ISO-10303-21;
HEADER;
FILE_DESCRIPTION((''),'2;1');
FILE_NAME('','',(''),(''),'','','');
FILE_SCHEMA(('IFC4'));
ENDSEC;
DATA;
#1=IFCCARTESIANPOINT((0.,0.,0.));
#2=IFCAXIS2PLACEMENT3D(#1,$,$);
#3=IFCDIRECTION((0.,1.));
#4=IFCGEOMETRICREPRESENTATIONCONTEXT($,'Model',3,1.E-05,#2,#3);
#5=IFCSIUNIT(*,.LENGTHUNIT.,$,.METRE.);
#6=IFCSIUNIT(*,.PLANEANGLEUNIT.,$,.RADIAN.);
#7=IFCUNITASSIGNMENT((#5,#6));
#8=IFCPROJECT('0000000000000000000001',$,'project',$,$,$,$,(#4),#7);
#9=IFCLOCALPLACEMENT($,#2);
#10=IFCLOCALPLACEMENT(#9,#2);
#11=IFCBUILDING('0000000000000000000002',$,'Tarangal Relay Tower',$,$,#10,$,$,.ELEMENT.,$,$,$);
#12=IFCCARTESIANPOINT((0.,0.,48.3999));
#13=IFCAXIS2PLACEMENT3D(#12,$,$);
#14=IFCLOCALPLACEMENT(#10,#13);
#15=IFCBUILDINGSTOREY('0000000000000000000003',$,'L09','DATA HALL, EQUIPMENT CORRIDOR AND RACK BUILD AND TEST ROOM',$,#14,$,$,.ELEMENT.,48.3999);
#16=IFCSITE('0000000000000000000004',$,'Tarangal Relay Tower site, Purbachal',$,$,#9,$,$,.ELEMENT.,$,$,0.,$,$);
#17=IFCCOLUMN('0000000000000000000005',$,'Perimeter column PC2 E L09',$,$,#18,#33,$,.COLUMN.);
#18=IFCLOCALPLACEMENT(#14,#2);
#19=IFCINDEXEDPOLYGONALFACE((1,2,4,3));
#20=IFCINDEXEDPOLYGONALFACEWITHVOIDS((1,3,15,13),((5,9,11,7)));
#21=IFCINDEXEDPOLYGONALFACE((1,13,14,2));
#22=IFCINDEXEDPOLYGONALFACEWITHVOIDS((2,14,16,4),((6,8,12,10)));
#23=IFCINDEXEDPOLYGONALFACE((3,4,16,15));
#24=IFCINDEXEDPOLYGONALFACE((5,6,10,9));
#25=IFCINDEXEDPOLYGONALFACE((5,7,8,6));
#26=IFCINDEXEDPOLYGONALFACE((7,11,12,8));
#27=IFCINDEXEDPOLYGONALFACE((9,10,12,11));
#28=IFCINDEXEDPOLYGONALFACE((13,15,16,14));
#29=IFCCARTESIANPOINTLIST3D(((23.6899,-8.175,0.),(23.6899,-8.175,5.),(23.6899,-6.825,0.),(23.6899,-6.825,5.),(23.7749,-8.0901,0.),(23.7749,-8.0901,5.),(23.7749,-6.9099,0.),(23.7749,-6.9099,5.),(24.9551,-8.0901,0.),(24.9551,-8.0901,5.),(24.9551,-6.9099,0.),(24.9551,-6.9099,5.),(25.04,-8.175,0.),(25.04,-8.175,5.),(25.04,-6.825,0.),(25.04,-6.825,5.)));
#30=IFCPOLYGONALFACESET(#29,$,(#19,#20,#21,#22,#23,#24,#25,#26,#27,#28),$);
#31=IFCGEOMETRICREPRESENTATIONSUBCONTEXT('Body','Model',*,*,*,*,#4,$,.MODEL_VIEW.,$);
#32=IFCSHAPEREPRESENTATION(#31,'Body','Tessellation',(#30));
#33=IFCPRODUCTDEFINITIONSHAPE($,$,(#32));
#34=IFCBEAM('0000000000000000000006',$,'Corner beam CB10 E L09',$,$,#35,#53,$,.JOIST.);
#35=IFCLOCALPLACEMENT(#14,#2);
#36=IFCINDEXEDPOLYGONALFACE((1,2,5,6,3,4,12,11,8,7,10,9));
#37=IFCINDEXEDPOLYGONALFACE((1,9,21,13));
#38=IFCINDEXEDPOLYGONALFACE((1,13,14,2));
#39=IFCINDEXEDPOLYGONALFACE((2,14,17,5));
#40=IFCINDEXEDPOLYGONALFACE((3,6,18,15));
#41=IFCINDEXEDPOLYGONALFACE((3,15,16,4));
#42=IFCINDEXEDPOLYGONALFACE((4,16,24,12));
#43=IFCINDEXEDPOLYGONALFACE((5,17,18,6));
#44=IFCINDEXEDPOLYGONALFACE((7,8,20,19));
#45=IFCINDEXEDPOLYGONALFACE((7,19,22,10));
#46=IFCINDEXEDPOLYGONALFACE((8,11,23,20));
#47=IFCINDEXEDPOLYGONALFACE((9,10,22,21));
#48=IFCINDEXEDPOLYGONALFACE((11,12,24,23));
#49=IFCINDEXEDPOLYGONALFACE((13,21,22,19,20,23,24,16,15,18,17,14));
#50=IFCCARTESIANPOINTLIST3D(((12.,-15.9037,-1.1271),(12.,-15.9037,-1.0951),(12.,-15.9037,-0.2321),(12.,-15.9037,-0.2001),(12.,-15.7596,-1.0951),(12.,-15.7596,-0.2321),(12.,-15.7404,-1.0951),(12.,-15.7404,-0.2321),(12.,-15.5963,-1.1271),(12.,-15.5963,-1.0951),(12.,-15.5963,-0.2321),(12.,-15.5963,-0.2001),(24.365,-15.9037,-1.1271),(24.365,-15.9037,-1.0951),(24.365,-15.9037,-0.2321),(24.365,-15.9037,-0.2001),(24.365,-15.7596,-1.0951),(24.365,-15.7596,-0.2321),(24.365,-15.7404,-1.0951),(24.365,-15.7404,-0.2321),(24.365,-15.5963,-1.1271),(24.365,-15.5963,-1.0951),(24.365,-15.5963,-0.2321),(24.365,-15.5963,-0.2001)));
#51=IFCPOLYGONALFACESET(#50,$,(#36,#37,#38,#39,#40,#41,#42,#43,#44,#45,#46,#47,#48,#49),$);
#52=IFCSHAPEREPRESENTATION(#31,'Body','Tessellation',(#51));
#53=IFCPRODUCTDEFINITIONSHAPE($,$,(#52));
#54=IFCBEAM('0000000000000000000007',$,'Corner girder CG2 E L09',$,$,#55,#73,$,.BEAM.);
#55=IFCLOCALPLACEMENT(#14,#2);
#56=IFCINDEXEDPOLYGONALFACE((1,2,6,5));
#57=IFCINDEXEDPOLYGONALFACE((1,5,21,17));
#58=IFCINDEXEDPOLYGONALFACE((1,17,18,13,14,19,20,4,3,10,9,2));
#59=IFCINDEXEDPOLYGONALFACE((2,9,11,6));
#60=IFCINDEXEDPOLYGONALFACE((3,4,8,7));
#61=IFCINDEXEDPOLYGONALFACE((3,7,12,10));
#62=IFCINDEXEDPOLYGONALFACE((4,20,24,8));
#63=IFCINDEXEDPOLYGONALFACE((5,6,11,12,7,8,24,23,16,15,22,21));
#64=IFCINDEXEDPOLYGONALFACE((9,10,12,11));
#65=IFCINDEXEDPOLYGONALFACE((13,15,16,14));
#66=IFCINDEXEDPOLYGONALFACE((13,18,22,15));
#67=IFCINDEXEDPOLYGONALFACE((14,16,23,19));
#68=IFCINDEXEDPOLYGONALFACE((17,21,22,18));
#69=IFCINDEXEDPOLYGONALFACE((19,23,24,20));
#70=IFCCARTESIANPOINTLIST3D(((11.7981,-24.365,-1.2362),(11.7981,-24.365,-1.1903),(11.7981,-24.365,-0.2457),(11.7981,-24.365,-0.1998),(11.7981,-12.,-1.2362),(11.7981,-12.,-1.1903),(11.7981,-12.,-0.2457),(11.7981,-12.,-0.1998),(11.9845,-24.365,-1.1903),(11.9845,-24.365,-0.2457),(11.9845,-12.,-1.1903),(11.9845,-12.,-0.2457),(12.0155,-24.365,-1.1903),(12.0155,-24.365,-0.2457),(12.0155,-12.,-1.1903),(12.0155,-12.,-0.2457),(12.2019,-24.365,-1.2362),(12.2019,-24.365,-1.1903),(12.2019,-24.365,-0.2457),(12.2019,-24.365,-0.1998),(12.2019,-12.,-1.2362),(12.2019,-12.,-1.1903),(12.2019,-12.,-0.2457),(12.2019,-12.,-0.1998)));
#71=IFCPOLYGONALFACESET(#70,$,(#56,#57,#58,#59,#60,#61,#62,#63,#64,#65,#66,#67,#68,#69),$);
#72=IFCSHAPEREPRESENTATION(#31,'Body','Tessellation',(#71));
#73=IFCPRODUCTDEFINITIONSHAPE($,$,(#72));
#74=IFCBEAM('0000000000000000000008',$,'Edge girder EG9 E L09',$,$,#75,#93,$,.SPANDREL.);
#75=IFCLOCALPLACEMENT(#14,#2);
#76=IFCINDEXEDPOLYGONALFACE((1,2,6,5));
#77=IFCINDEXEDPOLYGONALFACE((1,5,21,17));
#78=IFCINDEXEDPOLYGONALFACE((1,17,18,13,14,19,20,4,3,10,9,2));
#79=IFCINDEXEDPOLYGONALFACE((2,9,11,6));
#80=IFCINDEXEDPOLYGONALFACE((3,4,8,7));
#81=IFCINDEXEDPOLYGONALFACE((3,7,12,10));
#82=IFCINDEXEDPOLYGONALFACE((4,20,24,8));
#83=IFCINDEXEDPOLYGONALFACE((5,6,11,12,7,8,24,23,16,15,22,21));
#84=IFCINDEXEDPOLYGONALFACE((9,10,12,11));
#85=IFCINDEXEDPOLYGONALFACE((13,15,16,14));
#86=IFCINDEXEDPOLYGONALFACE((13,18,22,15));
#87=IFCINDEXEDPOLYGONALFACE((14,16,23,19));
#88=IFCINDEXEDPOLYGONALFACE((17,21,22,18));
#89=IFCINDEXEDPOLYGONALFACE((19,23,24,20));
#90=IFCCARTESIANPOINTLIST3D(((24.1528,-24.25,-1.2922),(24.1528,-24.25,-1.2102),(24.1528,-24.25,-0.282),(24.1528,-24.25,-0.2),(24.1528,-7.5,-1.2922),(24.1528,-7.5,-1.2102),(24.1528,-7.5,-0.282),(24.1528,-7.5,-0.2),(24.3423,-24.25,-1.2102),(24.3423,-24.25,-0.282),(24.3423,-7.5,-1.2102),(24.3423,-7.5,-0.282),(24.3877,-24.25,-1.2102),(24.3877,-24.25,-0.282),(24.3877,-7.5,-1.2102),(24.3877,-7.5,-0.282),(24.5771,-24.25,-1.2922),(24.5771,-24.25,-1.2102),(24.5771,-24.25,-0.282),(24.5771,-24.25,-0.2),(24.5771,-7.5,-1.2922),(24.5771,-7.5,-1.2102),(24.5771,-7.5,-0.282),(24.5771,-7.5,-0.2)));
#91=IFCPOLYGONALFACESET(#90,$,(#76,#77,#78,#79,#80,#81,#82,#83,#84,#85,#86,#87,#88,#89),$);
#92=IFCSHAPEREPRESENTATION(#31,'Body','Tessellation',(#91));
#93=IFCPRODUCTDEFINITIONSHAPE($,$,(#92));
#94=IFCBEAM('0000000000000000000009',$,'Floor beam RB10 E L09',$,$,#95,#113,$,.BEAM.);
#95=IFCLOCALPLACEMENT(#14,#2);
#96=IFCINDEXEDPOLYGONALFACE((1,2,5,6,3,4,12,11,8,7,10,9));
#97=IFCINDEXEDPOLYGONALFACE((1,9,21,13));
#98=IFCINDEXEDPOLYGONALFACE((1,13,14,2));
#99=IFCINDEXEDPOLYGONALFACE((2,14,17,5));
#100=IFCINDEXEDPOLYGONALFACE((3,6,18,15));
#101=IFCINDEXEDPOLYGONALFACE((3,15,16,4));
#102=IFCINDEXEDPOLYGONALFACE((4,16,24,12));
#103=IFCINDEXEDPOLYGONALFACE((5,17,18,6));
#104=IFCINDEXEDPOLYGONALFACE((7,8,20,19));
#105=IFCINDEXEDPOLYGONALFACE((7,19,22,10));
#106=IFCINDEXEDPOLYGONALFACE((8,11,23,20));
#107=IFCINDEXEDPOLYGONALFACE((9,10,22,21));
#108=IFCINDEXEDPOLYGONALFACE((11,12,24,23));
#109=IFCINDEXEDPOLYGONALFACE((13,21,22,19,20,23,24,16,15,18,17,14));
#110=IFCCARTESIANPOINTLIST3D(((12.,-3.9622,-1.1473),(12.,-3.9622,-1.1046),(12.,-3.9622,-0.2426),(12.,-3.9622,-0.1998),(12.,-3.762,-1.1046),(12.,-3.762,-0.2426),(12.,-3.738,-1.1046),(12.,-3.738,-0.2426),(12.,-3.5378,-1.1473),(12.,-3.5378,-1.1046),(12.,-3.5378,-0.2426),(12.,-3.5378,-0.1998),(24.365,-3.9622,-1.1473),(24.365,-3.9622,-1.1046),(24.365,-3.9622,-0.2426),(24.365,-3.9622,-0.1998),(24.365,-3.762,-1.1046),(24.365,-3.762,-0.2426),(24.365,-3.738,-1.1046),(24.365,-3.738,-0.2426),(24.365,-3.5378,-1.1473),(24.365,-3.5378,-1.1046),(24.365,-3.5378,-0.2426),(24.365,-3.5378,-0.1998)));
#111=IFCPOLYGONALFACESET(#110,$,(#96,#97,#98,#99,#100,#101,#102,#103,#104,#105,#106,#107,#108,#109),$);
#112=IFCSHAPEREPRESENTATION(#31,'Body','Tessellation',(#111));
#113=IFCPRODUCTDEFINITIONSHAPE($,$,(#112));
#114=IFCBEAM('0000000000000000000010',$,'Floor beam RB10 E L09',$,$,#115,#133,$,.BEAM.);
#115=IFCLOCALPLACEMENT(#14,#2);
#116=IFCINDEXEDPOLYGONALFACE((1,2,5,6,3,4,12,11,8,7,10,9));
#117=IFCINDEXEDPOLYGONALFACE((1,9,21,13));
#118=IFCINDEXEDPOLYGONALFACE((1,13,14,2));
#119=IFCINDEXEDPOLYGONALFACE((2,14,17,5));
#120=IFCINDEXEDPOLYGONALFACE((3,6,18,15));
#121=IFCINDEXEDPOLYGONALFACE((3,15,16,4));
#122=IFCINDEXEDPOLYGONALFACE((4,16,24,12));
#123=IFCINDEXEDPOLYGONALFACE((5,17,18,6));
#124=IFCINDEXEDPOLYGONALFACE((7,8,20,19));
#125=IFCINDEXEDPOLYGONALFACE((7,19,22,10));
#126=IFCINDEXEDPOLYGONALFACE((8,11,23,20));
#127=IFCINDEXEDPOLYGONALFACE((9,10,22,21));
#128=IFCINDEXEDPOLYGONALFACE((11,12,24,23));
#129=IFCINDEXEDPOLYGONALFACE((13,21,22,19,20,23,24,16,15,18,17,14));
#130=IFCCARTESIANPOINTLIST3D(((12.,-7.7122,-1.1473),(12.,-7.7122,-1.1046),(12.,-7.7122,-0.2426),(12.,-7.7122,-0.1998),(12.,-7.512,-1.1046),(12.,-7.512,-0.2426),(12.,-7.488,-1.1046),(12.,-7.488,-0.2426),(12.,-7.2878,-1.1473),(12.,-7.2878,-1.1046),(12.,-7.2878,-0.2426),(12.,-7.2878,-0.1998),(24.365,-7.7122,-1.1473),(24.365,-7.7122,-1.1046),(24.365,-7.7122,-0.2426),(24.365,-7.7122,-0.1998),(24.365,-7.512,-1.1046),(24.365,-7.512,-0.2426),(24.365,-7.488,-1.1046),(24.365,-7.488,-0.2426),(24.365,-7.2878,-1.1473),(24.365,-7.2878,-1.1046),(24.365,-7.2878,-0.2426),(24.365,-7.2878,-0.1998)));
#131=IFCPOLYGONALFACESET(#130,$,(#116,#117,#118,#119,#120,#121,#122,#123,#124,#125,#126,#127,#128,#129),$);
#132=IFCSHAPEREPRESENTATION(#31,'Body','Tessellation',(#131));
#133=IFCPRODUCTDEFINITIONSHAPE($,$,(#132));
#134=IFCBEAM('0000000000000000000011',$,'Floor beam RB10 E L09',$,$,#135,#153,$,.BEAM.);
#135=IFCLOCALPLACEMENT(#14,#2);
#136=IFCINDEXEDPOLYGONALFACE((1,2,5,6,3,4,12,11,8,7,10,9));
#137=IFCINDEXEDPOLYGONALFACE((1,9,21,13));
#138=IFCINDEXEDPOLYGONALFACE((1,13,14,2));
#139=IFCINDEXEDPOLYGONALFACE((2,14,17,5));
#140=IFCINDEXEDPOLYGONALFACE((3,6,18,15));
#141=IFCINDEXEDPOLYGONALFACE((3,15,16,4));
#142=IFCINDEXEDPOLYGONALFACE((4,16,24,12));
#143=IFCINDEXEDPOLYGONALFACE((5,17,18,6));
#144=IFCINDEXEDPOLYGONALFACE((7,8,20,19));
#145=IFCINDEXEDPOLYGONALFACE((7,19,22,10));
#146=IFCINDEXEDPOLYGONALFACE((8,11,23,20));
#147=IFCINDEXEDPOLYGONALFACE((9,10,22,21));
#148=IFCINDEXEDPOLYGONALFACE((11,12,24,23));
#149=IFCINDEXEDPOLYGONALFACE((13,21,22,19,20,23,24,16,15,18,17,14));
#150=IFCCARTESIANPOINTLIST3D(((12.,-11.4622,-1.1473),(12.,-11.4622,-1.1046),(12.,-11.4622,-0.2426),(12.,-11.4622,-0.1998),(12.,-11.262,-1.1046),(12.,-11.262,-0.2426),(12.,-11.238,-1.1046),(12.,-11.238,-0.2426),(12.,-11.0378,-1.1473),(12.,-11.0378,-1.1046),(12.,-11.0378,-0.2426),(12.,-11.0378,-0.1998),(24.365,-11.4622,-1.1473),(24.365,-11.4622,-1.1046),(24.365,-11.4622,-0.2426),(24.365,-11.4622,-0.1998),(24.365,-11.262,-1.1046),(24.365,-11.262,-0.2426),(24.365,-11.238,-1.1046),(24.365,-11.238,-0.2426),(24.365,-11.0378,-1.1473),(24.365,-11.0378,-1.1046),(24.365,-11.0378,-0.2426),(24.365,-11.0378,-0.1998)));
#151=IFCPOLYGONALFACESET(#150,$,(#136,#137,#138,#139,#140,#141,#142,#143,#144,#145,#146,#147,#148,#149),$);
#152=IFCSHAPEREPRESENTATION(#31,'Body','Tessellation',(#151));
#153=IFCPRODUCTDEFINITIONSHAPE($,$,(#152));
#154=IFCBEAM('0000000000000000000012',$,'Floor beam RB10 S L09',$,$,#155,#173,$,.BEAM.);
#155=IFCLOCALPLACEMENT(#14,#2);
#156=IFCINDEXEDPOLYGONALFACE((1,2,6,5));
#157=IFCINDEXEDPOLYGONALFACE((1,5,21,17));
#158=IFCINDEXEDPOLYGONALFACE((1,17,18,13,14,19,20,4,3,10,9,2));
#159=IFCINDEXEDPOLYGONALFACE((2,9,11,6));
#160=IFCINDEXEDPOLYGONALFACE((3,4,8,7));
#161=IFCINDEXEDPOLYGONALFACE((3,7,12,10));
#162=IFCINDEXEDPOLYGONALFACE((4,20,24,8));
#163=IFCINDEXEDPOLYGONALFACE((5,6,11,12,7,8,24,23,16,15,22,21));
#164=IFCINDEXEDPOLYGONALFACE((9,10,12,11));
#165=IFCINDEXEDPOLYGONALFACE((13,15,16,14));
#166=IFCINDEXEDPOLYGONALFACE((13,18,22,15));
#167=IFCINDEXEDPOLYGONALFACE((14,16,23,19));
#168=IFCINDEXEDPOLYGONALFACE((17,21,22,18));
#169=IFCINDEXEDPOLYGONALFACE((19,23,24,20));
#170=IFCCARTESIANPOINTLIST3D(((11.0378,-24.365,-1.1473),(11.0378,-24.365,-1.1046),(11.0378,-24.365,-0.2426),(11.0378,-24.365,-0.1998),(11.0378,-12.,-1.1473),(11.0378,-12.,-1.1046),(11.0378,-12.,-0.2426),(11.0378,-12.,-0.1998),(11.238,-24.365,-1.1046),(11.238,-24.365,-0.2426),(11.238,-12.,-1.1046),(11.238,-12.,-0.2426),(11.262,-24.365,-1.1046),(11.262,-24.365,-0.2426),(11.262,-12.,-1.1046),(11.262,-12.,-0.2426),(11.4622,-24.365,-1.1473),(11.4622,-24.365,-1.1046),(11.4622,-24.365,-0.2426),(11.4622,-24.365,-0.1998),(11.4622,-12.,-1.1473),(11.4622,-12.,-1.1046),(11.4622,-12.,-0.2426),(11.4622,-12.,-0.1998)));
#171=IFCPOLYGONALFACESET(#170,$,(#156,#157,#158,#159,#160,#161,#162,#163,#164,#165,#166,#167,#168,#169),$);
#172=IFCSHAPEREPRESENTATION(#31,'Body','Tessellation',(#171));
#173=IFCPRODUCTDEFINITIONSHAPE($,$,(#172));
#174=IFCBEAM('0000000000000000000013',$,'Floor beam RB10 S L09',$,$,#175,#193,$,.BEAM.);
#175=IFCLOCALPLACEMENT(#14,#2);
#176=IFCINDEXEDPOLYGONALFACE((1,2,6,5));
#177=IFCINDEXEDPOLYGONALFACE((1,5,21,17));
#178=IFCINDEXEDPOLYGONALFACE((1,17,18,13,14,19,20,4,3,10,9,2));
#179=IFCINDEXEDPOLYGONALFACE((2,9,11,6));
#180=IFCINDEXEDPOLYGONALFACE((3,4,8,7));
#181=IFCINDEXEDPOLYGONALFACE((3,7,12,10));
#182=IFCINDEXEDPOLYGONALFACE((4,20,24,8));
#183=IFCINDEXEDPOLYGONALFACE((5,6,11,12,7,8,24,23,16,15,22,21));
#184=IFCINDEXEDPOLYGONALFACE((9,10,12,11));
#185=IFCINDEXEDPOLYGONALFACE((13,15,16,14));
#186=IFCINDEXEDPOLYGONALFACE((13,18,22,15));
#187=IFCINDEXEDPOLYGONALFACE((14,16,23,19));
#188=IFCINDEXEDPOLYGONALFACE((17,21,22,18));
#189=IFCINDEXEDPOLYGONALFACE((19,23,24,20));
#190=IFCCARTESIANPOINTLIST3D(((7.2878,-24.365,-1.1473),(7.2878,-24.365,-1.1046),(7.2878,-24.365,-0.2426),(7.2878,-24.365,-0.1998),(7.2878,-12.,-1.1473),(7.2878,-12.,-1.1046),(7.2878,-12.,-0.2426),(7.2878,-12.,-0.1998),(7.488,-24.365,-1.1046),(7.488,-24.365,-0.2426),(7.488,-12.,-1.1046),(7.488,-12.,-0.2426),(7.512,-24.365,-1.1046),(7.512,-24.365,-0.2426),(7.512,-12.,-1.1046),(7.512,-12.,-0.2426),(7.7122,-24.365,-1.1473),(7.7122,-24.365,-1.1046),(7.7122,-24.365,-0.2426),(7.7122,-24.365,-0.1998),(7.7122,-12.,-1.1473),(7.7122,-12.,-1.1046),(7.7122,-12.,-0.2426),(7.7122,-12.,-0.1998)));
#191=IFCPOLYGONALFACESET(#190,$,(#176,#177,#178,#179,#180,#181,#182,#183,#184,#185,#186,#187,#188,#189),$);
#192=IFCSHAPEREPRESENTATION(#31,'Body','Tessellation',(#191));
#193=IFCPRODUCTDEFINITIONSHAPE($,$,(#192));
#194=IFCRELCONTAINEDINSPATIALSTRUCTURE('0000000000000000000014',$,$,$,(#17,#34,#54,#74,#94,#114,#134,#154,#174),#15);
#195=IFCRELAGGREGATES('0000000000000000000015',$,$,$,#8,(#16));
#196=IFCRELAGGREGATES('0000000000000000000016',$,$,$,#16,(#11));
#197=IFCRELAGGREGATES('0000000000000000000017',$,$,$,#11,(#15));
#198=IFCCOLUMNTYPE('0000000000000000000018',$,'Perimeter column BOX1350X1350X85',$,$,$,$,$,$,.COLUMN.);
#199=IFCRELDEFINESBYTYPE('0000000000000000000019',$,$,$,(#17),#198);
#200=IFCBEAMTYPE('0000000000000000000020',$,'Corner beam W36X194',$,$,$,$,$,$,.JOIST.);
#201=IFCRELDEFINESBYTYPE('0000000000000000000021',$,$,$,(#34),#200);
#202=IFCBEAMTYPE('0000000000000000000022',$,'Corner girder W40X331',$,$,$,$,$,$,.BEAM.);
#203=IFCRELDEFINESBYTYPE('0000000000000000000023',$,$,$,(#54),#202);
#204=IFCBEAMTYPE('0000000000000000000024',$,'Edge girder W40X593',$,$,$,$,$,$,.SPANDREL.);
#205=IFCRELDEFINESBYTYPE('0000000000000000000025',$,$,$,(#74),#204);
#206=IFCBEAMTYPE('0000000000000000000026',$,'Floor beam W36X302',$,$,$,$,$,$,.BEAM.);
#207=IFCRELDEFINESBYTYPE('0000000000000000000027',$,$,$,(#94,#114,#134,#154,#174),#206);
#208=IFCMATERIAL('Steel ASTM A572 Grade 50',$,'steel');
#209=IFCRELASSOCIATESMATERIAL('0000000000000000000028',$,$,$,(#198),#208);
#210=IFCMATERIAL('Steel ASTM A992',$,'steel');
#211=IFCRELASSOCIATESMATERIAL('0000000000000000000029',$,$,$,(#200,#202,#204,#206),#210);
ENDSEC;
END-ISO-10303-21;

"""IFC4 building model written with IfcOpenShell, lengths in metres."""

from ifc_helpers import new_model, si_unit, direction, frame, origin, origin_2d, place, context, subcontext, project, spatial, hollow_rectangle, i_section, extrude, material, material_profile, profile_set, type_object, element, save


model = new_model("IFC4")

# Units and contexts
model_context = context("Model", 3, precision=1e-05, world=origin(), true_north=direction((0.0, 1.0)))
body_context = subcontext(model_context, "Body", "Model", "MODEL_VIEW")
ifc_project = project(units=[si_unit("LENGTHUNIT", "METRE"), si_unit("PLANEANGLEUNIT", "RADIAN")], contexts=[model_context])

# Site, building, storey
site_placement = place(None, origin())
site = spatial("IfcSite", under=ifc_project, at=site_placement, Name="Tarangal Relay Tower site, Purbachal", CompositionType="ELEMENT", RefElevation=0.0)
building_placement = place(site_placement, origin())
building = spatial("IfcBuilding", under=site, at=building_placement, Name="Tarangal Relay Tower", CompositionType="ELEMENT")
storey_placement = place(building_placement, frame((0.0, 0.0, 48.3999)))
storey = spatial("IfcBuildingStorey", under=building, at=storey_placement, Name="L09", Description="DATA HALL, EQUIPMENT CORRIDOR AND RACK BUILD AND TEST ROOM", CompositionType="ELEMENT", Elevation=48.3999)

# Column
ifc_material_1 = material(Name="Steel ASTM A572 Grade 50", Category="steel")
ifc_material_profile_1 = material_profile(ifc_material_1, hollow_rectangle(XDim=1.3501, YDim=1.3501, WallThickness=0.085, at=origin_2d()), Name="BOX1350X1350X85")
ifc_profile_set_1 = profile_set([ifc_material_profile_1], Name="Steel ASTM A572 Grade 50")
column_type = type_object("IfcColumnType", Name="Perimeter column BOX1350X1350X85", PredefinedType="COLUMN", material=ifc_profile_set_1)
column_placement = place(storey_placement, frame((24.365, -7.5, 0.0), z_axis=(0.0, 0.0, 1.0), x_axis=(1.0, 0.0, 0.0)))
element("IfcColumn", 1, at=column_placement, inside=storey, type_object=column_type, Name="Perimeter column PC2 E L09", PredefinedType="COLUMN", context=body_context, shape_type="SweptSolid", body=[
    extrude(hollow_rectangle(XDim=1.3501, YDim=1.3501, WallThickness=0.085, at=origin_2d()), origin(), (0.0, 0.0, 1.0), 5.0),
])

# Beams
ifc_material_2 = material(Name="Steel ASTM A992", Category="steel")
ifc_material_profile_2 = material_profile(ifc_material_2, i_section(OverallWidth=0.3074, OverallDepth=0.927, WebThickness=0.0193, FlangeThickness=0.032, at=origin_2d()), Name="W36X194")
ifc_profile_set_2 = profile_set([ifc_material_profile_2], Name="Steel ASTM A992")
beam_type_1 = type_object("IfcBeamType", Name="Corner beam W36X194", PredefinedType="JOIST", material=ifc_profile_set_2)
beam_1_placement = place(storey_placement, frame((12.0, -15.75, -0.6636), z_axis=(1.0, 0.0, 0.0), x_axis=(0.0, 1.0, 0.0)))
element("IfcBeam", 2, at=beam_1_placement, inside=storey, type_object=beam_type_1, Name="Corner beam CB10 E L09", PredefinedType="JOIST", context=body_context, shape_type="SweptSolid", body=[
    extrude(i_section(OverallWidth=0.3074, OverallDepth=0.927, WebThickness=0.0193, FlangeThickness=0.032, at=origin_2d()), origin(), (0.0, 0.0, 1.0), 12.365),
])
ifc_material_profile_3 = material_profile(ifc_material_2, i_section(OverallWidth=0.4038, OverallDepth=1.0364, WebThickness=0.031, FlangeThickness=0.0459, at=origin_2d()), Name="W40X331")
ifc_profile_set_3 = profile_set([ifc_material_profile_3], Name="Steel ASTM A992")
beam_type_2 = type_object("IfcBeamType", Name="Corner girder W40X331", PredefinedType="BEAM", material=ifc_profile_set_3)
beam_2_placement = place(storey_placement, frame((12.0, -12.0, -0.718), z_axis=(0.0, -1.0, 0.0), x_axis=(1.0, 0.0, 0.0)))
element("IfcBeam", 3, at=beam_2_placement, inside=storey, type_object=beam_type_2, Name="Corner girder CG2 E L09", PredefinedType="BEAM", context=body_context, shape_type="SweptSolid", body=[
    extrude(i_section(OverallWidth=0.4038, OverallDepth=1.0364, WebThickness=0.031, FlangeThickness=0.0459, at=origin_2d()), origin(), (0.0, 0.0, 1.0), 12.365),
])
ifc_material_profile_4 = material_profile(ifc_material_2, i_section(OverallWidth=0.4243, OverallDepth=1.0923, WebThickness=0.0454, FlangeThickness=0.082, at=origin_2d()), Name="W40X593")
ifc_profile_set_4 = profile_set([ifc_material_profile_4], Name="Steel ASTM A992")
beam_type_3 = type_object("IfcBeamType", Name="Edge girder W40X593", PredefinedType="SPANDREL", material=ifc_profile_set_4)
beam_3_placement = place(storey_placement, frame((24.365, -7.5, -0.7461), z_axis=(0.0, -1.0, 0.0), x_axis=(1.0, 0.0, 0.0)))
element("IfcBeam", 4, at=beam_3_placement, inside=storey, type_object=beam_type_3, Name="Edge girder EG9 E L09", PredefinedType="SPANDREL", context=body_context, shape_type="SweptSolid", body=[
    extrude(i_section(OverallWidth=0.4243, OverallDepth=1.0923, WebThickness=0.0454, FlangeThickness=0.082, at=origin_2d()), origin(), (0.0, 0.0, 1.0), 16.75),
])
ifc_material_profile_5 = material_profile(ifc_material_2, i_section(OverallWidth=0.4243, OverallDepth=0.9475, WebThickness=0.0239, FlangeThickness=0.0427, at=origin_2d()), Name="W36X302")
ifc_profile_set_5 = profile_set([ifc_material_profile_5], Name="Steel ASTM A992")
beam_type_4 = type_object("IfcBeamType", Name="Floor beam W36X302", PredefinedType="BEAM", material=ifc_profile_set_5)
for number, where, z_axis, x_axis, name in (
    (5, (12.0, -3.75, -0.6736), (1.0, 0.0, 0.0), (0.0, 1.0, 0.0), "Floor beam RB10 E L09"),
    (6, (12.0, -7.5, -0.6736), (1.0, 0.0, 0.0), (0.0, 1.0, 0.0), "Floor beam RB10 E L09"),
    (7, (12.0, -11.25, -0.6736), (1.0, 0.0, 0.0), (0.0, 1.0, 0.0), "Floor beam RB10 E L09"),
    (8, (11.25, -12.0, -0.6736), (0.0, -1.0, 0.0), (1.0, 0.0, 0.0), "Floor beam RB10 S L09"),
    (9, (7.5, -12.0, -0.6736), (0.0, -1.0, 0.0), (1.0, 0.0, 0.0), "Floor beam RB10 S L09"),
):
    element("IfcBeam", number, at=place(storey_placement, frame(where, z_axis=z_axis, x_axis=x_axis)), inside=storey, type_object=beam_type_4, Name=name, PredefinedType="BEAM", context=body_context, shape_type="SweptSolid", body=[
        extrude(i_section(OverallWidth=0.4243, OverallDepth=0.9475, WebThickness=0.0239, FlangeThickness=0.0427, at=origin_2d()), origin(), (0.0, 0.0, 1.0), 12.365),
    ])

save(model, "model.ifc")
